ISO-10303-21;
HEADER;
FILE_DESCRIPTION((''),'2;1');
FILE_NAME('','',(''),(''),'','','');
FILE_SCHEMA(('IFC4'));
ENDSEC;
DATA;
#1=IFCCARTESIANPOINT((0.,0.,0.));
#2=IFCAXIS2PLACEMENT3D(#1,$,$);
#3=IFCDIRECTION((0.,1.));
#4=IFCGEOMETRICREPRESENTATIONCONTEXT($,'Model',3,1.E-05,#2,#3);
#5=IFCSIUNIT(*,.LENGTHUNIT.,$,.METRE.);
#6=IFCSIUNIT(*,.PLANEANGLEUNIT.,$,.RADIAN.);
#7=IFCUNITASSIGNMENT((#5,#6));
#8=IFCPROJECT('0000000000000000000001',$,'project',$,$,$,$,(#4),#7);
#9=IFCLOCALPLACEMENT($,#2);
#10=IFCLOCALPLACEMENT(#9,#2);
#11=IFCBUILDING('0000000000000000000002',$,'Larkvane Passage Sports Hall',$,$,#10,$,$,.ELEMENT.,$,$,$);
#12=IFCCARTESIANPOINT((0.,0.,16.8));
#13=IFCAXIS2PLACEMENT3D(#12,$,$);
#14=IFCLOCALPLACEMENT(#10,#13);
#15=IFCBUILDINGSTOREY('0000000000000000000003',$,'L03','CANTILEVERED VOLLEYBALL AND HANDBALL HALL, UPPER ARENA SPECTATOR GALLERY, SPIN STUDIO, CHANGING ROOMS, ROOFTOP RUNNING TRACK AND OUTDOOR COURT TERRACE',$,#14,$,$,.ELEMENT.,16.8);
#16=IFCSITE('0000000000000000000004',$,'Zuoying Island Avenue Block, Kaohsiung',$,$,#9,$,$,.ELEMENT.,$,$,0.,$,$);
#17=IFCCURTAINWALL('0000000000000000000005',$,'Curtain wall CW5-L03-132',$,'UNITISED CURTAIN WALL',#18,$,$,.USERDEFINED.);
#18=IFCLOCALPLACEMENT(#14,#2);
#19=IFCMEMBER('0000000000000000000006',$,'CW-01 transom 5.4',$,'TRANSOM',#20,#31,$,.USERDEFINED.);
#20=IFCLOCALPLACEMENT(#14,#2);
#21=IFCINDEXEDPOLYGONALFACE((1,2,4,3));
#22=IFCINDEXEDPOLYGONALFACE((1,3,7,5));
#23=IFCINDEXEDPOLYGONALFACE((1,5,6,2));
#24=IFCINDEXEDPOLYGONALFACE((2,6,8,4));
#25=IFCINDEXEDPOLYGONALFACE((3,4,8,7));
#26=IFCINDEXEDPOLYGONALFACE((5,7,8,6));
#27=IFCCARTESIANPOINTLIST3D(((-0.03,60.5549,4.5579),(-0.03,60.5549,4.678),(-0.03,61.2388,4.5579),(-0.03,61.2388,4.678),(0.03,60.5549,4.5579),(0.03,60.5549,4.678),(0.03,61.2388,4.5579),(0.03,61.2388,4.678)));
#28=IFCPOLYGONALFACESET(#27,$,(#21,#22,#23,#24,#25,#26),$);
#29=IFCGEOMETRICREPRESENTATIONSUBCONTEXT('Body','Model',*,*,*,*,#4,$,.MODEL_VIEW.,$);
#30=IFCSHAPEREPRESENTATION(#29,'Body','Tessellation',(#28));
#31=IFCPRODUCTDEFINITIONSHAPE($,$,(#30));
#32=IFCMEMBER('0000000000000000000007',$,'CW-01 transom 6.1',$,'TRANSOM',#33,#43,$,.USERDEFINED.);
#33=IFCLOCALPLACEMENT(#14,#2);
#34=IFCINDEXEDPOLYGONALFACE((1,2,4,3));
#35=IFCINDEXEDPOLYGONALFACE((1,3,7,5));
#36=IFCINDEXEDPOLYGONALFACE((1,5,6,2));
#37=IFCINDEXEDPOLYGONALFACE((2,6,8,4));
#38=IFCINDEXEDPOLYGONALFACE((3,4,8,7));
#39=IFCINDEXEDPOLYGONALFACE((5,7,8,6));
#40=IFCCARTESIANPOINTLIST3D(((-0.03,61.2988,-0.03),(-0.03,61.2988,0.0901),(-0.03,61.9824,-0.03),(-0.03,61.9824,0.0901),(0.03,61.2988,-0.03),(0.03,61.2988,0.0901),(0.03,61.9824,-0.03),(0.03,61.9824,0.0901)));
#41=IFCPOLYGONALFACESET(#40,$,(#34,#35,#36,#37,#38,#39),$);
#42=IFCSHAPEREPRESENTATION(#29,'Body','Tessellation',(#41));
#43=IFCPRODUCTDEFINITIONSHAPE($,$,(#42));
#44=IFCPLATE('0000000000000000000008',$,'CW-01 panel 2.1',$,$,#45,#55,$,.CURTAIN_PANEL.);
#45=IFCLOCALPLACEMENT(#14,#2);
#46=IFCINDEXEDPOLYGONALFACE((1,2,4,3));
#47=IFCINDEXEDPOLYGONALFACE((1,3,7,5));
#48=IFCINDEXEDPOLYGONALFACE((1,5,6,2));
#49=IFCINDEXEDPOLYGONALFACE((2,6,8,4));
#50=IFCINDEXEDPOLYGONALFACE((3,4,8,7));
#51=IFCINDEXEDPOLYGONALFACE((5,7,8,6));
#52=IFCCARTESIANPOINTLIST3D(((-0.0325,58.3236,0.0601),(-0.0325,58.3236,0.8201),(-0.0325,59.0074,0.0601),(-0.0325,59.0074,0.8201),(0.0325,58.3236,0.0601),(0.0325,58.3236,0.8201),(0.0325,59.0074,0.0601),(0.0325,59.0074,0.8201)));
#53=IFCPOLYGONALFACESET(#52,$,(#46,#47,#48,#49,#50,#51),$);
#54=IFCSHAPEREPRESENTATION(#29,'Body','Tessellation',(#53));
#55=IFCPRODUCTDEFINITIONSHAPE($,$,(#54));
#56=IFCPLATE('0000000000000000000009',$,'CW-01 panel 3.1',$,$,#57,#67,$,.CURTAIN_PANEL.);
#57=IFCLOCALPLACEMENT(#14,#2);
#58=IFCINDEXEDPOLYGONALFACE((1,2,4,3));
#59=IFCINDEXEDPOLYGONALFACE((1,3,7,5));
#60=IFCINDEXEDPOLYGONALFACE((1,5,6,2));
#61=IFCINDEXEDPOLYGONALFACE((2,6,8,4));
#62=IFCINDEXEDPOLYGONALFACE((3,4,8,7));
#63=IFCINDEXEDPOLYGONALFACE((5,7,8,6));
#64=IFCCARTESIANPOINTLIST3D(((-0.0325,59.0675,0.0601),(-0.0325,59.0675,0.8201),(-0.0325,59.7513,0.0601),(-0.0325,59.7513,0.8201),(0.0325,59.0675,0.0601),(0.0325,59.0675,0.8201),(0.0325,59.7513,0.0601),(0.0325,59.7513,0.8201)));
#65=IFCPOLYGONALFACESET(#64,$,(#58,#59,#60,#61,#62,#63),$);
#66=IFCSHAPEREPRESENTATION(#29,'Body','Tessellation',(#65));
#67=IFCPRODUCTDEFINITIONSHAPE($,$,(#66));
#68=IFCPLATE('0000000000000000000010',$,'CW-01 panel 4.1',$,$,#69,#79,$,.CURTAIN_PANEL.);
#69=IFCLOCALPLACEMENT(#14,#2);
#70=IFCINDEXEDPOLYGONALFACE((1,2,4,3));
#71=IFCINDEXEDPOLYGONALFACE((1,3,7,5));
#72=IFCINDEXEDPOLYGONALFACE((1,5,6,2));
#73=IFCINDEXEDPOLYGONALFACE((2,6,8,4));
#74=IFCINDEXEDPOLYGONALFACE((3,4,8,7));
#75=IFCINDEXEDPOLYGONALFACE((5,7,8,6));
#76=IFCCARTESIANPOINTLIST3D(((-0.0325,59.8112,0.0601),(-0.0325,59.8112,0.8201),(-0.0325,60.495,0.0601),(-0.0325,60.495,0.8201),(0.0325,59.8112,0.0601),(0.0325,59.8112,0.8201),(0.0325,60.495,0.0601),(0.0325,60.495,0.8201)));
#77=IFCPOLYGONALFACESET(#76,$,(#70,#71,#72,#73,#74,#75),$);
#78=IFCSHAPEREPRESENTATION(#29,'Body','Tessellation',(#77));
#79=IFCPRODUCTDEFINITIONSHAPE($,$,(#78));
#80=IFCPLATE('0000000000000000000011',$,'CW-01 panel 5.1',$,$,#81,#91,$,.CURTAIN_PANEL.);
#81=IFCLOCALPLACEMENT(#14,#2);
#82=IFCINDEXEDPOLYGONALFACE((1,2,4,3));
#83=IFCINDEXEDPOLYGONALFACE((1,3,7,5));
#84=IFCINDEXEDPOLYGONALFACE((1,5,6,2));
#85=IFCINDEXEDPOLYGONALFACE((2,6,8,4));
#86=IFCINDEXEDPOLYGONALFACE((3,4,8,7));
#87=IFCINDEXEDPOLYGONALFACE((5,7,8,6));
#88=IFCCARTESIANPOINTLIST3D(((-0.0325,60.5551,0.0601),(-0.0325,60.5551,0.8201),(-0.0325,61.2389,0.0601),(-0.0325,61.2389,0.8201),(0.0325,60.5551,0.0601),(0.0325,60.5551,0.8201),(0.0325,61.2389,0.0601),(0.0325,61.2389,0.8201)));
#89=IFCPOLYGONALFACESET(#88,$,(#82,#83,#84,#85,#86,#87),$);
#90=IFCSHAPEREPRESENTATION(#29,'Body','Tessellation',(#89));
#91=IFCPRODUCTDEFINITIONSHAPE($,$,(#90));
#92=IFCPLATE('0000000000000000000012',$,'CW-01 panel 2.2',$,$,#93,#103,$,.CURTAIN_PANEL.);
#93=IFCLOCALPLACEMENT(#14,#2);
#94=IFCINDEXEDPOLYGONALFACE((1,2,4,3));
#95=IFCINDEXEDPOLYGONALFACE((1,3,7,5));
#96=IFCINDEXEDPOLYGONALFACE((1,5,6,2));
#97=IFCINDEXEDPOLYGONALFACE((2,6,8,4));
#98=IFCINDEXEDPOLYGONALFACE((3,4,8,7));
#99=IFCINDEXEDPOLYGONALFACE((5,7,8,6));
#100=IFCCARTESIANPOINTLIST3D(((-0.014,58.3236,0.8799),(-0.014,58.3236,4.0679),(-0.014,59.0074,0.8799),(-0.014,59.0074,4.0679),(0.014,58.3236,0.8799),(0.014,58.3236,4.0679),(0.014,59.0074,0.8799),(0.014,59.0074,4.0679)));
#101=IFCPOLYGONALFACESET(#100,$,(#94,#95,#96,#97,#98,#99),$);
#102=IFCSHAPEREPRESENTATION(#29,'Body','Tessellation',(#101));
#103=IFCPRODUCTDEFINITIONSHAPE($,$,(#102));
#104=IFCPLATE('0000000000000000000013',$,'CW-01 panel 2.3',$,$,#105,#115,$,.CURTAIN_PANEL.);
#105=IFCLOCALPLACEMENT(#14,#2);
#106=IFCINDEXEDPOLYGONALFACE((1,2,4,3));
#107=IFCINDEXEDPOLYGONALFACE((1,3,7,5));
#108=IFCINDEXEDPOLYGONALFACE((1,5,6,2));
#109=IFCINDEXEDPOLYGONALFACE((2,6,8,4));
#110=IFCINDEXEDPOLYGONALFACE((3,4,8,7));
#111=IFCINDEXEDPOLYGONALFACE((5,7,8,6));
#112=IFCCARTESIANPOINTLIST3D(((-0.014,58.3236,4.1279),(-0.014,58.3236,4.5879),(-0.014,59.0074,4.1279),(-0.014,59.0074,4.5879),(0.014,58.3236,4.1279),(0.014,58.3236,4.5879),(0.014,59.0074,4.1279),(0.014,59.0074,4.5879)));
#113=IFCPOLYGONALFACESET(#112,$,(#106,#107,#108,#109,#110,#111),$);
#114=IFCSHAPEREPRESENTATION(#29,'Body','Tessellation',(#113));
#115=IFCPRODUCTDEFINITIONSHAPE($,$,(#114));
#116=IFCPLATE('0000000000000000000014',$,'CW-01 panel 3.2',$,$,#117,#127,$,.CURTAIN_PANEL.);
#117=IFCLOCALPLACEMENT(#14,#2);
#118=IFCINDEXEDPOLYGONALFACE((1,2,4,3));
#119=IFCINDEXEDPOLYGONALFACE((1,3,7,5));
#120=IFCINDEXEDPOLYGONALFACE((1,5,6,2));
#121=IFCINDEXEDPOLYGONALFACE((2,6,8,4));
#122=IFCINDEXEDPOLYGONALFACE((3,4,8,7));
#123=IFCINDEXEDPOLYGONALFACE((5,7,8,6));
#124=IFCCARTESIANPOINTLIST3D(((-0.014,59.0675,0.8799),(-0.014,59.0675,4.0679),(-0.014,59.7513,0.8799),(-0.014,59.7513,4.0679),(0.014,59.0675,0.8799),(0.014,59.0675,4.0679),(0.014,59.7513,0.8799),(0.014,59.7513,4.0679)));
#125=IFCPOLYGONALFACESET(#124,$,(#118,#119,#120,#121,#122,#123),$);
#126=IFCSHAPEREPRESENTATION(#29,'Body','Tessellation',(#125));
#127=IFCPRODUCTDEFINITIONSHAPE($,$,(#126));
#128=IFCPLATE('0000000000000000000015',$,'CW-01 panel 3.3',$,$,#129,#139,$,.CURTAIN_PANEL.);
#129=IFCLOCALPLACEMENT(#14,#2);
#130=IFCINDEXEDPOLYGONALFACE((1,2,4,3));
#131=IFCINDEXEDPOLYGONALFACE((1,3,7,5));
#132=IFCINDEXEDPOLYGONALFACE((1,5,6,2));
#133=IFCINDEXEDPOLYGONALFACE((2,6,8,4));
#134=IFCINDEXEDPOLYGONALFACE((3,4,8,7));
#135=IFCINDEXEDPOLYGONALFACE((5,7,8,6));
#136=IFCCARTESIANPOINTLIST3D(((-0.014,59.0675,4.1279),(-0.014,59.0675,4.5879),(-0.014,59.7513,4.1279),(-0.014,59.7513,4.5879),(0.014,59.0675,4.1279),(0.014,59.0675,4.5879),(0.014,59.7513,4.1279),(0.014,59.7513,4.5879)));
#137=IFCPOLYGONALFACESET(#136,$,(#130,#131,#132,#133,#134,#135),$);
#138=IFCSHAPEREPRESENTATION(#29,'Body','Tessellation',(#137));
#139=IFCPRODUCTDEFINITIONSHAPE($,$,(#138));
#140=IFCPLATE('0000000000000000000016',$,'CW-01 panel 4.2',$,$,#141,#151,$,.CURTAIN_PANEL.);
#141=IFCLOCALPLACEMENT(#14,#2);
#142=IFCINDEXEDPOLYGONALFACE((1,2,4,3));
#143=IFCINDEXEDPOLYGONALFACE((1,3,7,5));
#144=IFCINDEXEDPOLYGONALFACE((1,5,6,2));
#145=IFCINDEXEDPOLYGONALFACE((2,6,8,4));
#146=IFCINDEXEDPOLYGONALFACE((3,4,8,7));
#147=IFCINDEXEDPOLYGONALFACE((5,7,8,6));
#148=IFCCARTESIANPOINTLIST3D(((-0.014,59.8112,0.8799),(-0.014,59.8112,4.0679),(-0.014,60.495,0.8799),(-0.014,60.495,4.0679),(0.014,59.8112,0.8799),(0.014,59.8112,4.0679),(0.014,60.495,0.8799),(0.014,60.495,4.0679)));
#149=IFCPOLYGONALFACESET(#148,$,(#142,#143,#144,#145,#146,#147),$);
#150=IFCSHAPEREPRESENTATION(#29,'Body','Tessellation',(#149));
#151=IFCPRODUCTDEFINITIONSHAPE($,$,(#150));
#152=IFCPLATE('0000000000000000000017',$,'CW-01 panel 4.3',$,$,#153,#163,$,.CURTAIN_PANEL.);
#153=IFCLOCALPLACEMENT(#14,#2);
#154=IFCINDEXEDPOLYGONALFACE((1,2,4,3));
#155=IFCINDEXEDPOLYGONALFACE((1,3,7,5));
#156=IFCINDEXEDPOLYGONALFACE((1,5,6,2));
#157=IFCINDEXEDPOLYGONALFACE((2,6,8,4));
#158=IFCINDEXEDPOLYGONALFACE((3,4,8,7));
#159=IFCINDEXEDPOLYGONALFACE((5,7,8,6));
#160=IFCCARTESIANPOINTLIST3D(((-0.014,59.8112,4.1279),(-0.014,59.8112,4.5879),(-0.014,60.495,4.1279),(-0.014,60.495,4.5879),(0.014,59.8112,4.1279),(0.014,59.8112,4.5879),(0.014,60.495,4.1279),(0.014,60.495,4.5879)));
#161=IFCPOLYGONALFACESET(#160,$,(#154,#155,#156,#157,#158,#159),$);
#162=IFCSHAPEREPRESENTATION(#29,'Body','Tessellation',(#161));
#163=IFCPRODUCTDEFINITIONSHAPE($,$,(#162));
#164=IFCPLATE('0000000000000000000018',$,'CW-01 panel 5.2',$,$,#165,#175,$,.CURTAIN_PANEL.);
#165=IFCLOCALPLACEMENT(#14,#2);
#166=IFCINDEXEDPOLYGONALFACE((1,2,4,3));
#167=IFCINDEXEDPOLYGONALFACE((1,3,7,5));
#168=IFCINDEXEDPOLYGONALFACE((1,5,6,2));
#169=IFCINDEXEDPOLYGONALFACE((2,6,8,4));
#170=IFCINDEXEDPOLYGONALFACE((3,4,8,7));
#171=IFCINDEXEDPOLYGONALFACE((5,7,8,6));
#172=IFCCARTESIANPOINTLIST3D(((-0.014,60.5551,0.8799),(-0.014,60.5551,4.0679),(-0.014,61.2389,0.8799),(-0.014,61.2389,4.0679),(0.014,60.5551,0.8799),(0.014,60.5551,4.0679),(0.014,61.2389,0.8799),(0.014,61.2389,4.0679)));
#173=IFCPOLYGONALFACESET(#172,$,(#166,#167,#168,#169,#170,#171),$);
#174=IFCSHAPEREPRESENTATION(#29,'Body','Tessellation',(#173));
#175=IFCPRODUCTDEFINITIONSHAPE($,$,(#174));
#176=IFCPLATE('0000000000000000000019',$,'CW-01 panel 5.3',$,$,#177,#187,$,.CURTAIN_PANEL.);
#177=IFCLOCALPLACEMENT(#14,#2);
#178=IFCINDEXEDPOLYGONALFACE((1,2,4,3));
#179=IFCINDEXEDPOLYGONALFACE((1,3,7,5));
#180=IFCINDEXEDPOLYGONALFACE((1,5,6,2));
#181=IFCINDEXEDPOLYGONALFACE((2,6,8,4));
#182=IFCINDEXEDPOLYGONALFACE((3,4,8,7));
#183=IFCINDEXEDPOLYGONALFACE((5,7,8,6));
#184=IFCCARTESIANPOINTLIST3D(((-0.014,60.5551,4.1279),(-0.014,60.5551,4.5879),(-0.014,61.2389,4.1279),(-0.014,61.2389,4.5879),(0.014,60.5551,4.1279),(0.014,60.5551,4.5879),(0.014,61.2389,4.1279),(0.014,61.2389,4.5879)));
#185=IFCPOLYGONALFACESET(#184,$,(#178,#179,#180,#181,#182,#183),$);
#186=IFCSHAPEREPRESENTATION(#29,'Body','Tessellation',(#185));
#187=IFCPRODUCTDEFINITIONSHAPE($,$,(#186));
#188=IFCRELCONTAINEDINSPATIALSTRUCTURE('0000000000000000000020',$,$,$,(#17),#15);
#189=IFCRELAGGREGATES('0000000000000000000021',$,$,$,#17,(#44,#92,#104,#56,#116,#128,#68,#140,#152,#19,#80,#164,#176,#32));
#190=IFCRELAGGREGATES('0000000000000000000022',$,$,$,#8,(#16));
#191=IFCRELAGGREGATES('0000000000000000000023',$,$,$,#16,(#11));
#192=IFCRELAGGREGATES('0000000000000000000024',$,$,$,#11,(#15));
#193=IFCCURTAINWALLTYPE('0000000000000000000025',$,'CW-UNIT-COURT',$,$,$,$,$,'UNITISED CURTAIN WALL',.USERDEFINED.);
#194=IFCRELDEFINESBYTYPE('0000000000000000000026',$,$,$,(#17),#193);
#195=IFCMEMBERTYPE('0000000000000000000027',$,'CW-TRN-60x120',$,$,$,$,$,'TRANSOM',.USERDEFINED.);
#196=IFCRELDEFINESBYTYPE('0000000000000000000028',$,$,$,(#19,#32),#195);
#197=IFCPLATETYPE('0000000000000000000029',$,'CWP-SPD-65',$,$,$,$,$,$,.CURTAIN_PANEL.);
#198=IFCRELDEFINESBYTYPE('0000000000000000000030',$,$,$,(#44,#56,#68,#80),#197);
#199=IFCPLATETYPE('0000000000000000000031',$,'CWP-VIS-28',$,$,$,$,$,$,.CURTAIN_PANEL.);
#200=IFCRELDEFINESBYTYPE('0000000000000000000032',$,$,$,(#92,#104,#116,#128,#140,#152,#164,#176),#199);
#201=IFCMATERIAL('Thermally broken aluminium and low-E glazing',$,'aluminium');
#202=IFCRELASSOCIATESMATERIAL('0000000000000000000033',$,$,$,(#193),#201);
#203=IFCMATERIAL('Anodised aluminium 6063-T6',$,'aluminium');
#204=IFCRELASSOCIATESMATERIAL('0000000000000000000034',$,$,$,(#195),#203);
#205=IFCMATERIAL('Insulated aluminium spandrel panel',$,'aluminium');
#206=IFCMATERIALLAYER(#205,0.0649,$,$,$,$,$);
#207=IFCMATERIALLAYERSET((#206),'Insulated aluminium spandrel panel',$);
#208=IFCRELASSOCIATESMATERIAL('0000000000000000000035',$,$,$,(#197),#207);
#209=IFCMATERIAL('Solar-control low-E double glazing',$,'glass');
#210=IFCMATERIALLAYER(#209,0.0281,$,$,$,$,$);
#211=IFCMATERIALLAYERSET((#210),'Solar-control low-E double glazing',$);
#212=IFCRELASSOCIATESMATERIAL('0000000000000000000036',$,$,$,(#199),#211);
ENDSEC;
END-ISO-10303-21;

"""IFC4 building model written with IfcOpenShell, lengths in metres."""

from ifc_helpers import new_model, si_unit, direction, frame, origin, origin_2d, place, context, subcontext, project, spatial, rectangle, extrude, material, layer, layer_set, material_profile, profile_set, type_object, element, aggregate, save


model = new_model("IFC4")

# Units and contexts
model_context = context("Model", 3, precision=1e-05, world=origin(), true_north=direction((0.0, 1.0)))
body_context = subcontext(model_context, "Body", "Model", "MODEL_VIEW")
ifc_project = project(units=[si_unit("LENGTHUNIT", "METRE"), si_unit("PLANEANGLEUNIT", "RADIAN")], contexts=[model_context])

# Site, building, storey
site_placement = place(None, origin())
site = spatial("IfcSite", under=ifc_project, at=site_placement, Name="Zuoying Island Avenue Block, Kaohsiung", CompositionType="ELEMENT", RefElevation=0.0)
building_placement = place(site_placement, origin())
building = spatial("IfcBuilding", under=site, at=building_placement, Name="Larkvane Passage Sports Hall", CompositionType="ELEMENT")
storey_placement = place(building_placement, frame((0.0, 0.0, 16.8)))
storey = spatial("IfcBuildingStorey", under=building, at=storey_placement, Name="L03", Description="CANTILEVERED VOLLEYBALL AND HANDBALL HALL, UPPER ARENA SPECTATOR GALLERY, SPIN STUDIO, CHANGING ROOMS, ROOFTOP RUNNING TRACK AND OUTDOOR COURT TERRACE", CompositionType="ELEMENT", Elevation=16.8)

# Curtain wall, members, plates
ifc_material_1 = material(Name="Thermally broken aluminium and low-E glazing", Category="aluminium")
curtain_wall_type = type_object("IfcCurtainWallType", Name="CW-UNIT-COURT", ElementType="UNITISED CURTAIN WALL", PredefinedType="USERDEFINED", material=ifc_material_1)
curtain_wall_placement = place(storey_placement, origin())
curtain_wall = element("IfcCurtainWall", 1, at=curtain_wall_placement, inside=storey, type_object=curtain_wall_type, Name="Curtain wall CW5-L03-132", ObjectType="UNITISED CURTAIN WALL", PredefinedType="USERDEFINED")
ifc_material_2 = material(Name="Anodised aluminium 6063-T6", Category="aluminium")
ifc_material_profile_1 = material_profile(ifc_material_2, rectangle(XDim=0.0601, YDim=0.1201, at=origin_2d()), Name="ALU-TRN-60x120")
ifc_profile_set_1 = profile_set([ifc_material_profile_1], Name="Anodised aluminium 6063-T6")
member_type_1 = type_object("IfcMemberType", Name="CW-TRN-60x120", ElementType="TRANSOM", PredefinedType="USERDEFINED", material=ifc_profile_set_1)
member_1_placement = place(storey_placement, frame((0.0, 60.5549, 4.6179), z_axis=(0.0, 1.0, 0.0), x_axis=(-1.0, 0.0, 0.0)))
member_1 = element("IfcMember", 2, at=member_1_placement, type_object=member_type_1, Name="CW-01 transom 5.4", ObjectType="TRANSOM", PredefinedType="USERDEFINED", context=body_context, shape_type="SweptSolid", body=[
    extrude(rectangle(XDim=0.0601, YDim=0.1201, at=origin_2d()), origin(), (0.0, 0.0, 1.0), 0.6838),
])
member_2_placement = place(storey_placement, frame((0.0, 61.2988, 0.03), z_axis=(0.0, 1.0, 0.0), x_axis=(-1.0, 0.0, 0.0)))
member_2 = element("IfcMember", 3, at=member_2_placement, type_object=member_type_1, Name="CW-01 transom 6.1", ObjectType="TRANSOM", PredefinedType="USERDEFINED", context=body_context, shape_type="SweptSolid", body=[
    extrude(rectangle(XDim=0.0601, YDim=0.1201, at=origin_2d()), origin(), (0.0, 0.0, 1.0), 0.6836),
])
ifc_material_3 = material(Name="Insulated aluminium spandrel panel", Category="aluminium")
ifc_layer_1 = layer(ifc_material_3, 0.0649)
ifc_layer_set_1 = layer_set([ifc_layer_1], Name="Insulated aluminium spandrel panel")
plate_type_1 = type_object("IfcPlateType", Name="CWP-SPD-65", PredefinedType="CURTAIN_PANEL", material=ifc_layer_set_1)
plate_1_placement = place(storey_placement, frame((0.0, 58.6655, 0.0601), z_axis=(0.0, 0.0, 1.0), x_axis=(0.0, 1.0, 0.0)))
plate_1 = element("IfcPlate", 4, at=plate_1_placement, type_object=plate_type_1, Name="CW-01 panel 2.1", PredefinedType="CURTAIN_PANEL", context=body_context, shape_type="SweptSolid", body=[
    extrude(rectangle(XDim=0.6838, YDim=0.0649, at=origin_2d()), origin(), (0.0, 0.0, 1.0), 0.76),
])
plate_2_placement = place(storey_placement, frame((0.0, 59.4094, 0.0601), z_axis=(0.0, 0.0, 1.0), x_axis=(0.0, 1.0, 0.0)))
plate_2 = element("IfcPlate", 5, at=plate_2_placement, type_object=plate_type_1, Name="CW-01 panel 3.1", PredefinedType="CURTAIN_PANEL", context=body_context, shape_type="SweptSolid", body=[
    extrude(rectangle(XDim=0.6838, YDim=0.0649, at=origin_2d()), origin(), (0.0, 0.0, 1.0), 0.76),
])
plate_3_placement = place(storey_placement, frame((0.0, 60.1531, 0.0601), z_axis=(0.0, 0.0, 1.0), x_axis=(0.0, 1.0, 0.0)))
plate_3 = element("IfcPlate", 6, at=plate_3_placement, type_object=plate_type_1, Name="CW-01 panel 4.1", PredefinedType="CURTAIN_PANEL", context=body_context, shape_type="SweptSolid", body=[
    extrude(rectangle(XDim=0.6838, YDim=0.0649, at=origin_2d()), origin(), (0.0, 0.0, 1.0), 0.76),
])
plate_4_placement = place(storey_placement, frame((0.0, 60.897, 0.0601), z_axis=(0.0, 0.0, 1.0), x_axis=(0.0, 1.0, 0.0)))
plate_4 = element("IfcPlate", 7, at=plate_4_placement, type_object=plate_type_1, Name="CW-01 panel 5.1", PredefinedType="CURTAIN_PANEL", context=body_context, shape_type="SweptSolid", body=[
    extrude(rectangle(XDim=0.6838, YDim=0.0649, at=origin_2d()), origin(), (0.0, 0.0, 1.0), 0.76),
])
ifc_material_4 = material(Name="Solar-control low-E double glazing", Category="glass")
ifc_layer_2 = layer(ifc_material_4, 0.0281)
ifc_layer_set_2 = layer_set([ifc_layer_2], Name="Solar-control low-E double glazing")
plate_type_2 = type_object("IfcPlateType", Name="CWP-VIS-28", PredefinedType="CURTAIN_PANEL", material=ifc_layer_set_2)
plate_5_placement = place(storey_placement, frame((0.0, 58.6655, 0.8799), z_axis=(0.0, 0.0, 1.0), x_axis=(0.0, 1.0, 0.0)))
plate_5 = element("IfcPlate", 8, at=plate_5_placement, type_object=plate_type_2, Name="CW-01 panel 2.2", PredefinedType="CURTAIN_PANEL", context=body_context, shape_type="SweptSolid", body=[
    extrude(rectangle(XDim=0.6838, YDim=0.0281, at=origin_2d()), origin(), (0.0, 0.0, 1.0), 3.188),
])
plate_6_placement = place(storey_placement, frame((0.0, 58.6655, 4.1279), z_axis=(0.0, 0.0, 1.0), x_axis=(0.0, 1.0, 0.0)))
plate_6 = element("IfcPlate", 9, at=plate_6_placement, type_object=plate_type_2, Name="CW-01 panel 2.3", PredefinedType="CURTAIN_PANEL", context=body_context, shape_type="SweptSolid", body=[
    extrude(rectangle(XDim=0.6838, YDim=0.0281, at=origin_2d()), origin(), (0.0, 0.0, 1.0), 0.46),
])
plate_7_placement = place(storey_placement, frame((0.0, 59.4094, 0.8799), z_axis=(0.0, 0.0, 1.0), x_axis=(0.0, 1.0, 0.0)))
plate_7 = element("IfcPlate", 10, at=plate_7_placement, type_object=plate_type_2, Name="CW-01 panel 3.2", PredefinedType="CURTAIN_PANEL", context=body_context, shape_type="SweptSolid", body=[
    extrude(rectangle(XDim=0.6838, YDim=0.0281, at=origin_2d()), origin(), (0.0, 0.0, 1.0), 3.188),
])
plate_8_placement = place(storey_placement, frame((0.0, 59.4094, 4.1279), z_axis=(0.0, 0.0, 1.0), x_axis=(0.0, 1.0, 0.0)))
plate_8 = element("IfcPlate", 11, at=plate_8_placement, type_object=plate_type_2, Name="CW-01 panel 3.3", PredefinedType="CURTAIN_PANEL", context=body_context, shape_type="SweptSolid", body=[
    extrude(rectangle(XDim=0.6838, YDim=0.0281, at=origin_2d()), origin(), (0.0, 0.0, 1.0), 0.46),
])
plate_9_placement = place(storey_placement, frame((0.0, 60.1531, 0.8799), z_axis=(0.0, 0.0, 1.0), x_axis=(0.0, 1.0, 0.0)))
plate_9 = element("IfcPlate", 12, at=plate_9_placement, type_object=plate_type_2, Name="CW-01 panel 4.2", PredefinedType="CURTAIN_PANEL", context=body_context, shape_type="SweptSolid", body=[
    extrude(rectangle(XDim=0.6838, YDim=0.0281, at=origin_2d()), origin(), (0.0, 0.0, 1.0), 3.188),
])
plate_10_placement = place(storey_placement, frame((0.0, 60.1531, 4.1279), z_axis=(0.0, 0.0, 1.0), x_axis=(0.0, 1.0, 0.0)))
plate_10 = element("IfcPlate", 13, at=plate_10_placement, type_object=plate_type_2, Name="CW-01 panel 4.3", PredefinedType="CURTAIN_PANEL", context=body_context, shape_type="SweptSolid", body=[
    extrude(rectangle(XDim=0.6838, YDim=0.0281, at=origin_2d()), origin(), (0.0, 0.0, 1.0), 0.46),
])
plate_11_placement = place(storey_placement, frame((0.0, 60.897, 0.8799), z_axis=(0.0, 0.0, 1.0), x_axis=(0.0, 1.0, 0.0)))
plate_11 = element("IfcPlate", 14, at=plate_11_placement, type_object=plate_type_2, Name="CW-01 panel 5.2", PredefinedType="CURTAIN_PANEL", context=body_context, shape_type="SweptSolid", body=[
    extrude(rectangle(XDim=0.6838, YDim=0.0281, at=origin_2d()), origin(), (0.0, 0.0, 1.0), 3.188),
])
plate_12_placement = place(storey_placement, frame((0.0, 60.897, 4.1279), z_axis=(0.0, 0.0, 1.0), x_axis=(0.0, 1.0, 0.0)))
plate_12 = element("IfcPlate", 15, at=plate_12_placement, type_object=plate_type_2, Name="CW-01 panel 5.3", PredefinedType="CURTAIN_PANEL", context=body_context, shape_type="SweptSolid", body=[
    extrude(rectangle(XDim=0.6838, YDim=0.0281, at=origin_2d()), origin(), (0.0, 0.0, 1.0), 0.46),
])
aggregate(curtain_wall, [plate_1, plate_5, plate_6, plate_2, plate_7, plate_8, plate_3, plate_9, plate_10, member_1, plate_4, plate_11, plate_12, member_2])

save(model, "model.ifc")
